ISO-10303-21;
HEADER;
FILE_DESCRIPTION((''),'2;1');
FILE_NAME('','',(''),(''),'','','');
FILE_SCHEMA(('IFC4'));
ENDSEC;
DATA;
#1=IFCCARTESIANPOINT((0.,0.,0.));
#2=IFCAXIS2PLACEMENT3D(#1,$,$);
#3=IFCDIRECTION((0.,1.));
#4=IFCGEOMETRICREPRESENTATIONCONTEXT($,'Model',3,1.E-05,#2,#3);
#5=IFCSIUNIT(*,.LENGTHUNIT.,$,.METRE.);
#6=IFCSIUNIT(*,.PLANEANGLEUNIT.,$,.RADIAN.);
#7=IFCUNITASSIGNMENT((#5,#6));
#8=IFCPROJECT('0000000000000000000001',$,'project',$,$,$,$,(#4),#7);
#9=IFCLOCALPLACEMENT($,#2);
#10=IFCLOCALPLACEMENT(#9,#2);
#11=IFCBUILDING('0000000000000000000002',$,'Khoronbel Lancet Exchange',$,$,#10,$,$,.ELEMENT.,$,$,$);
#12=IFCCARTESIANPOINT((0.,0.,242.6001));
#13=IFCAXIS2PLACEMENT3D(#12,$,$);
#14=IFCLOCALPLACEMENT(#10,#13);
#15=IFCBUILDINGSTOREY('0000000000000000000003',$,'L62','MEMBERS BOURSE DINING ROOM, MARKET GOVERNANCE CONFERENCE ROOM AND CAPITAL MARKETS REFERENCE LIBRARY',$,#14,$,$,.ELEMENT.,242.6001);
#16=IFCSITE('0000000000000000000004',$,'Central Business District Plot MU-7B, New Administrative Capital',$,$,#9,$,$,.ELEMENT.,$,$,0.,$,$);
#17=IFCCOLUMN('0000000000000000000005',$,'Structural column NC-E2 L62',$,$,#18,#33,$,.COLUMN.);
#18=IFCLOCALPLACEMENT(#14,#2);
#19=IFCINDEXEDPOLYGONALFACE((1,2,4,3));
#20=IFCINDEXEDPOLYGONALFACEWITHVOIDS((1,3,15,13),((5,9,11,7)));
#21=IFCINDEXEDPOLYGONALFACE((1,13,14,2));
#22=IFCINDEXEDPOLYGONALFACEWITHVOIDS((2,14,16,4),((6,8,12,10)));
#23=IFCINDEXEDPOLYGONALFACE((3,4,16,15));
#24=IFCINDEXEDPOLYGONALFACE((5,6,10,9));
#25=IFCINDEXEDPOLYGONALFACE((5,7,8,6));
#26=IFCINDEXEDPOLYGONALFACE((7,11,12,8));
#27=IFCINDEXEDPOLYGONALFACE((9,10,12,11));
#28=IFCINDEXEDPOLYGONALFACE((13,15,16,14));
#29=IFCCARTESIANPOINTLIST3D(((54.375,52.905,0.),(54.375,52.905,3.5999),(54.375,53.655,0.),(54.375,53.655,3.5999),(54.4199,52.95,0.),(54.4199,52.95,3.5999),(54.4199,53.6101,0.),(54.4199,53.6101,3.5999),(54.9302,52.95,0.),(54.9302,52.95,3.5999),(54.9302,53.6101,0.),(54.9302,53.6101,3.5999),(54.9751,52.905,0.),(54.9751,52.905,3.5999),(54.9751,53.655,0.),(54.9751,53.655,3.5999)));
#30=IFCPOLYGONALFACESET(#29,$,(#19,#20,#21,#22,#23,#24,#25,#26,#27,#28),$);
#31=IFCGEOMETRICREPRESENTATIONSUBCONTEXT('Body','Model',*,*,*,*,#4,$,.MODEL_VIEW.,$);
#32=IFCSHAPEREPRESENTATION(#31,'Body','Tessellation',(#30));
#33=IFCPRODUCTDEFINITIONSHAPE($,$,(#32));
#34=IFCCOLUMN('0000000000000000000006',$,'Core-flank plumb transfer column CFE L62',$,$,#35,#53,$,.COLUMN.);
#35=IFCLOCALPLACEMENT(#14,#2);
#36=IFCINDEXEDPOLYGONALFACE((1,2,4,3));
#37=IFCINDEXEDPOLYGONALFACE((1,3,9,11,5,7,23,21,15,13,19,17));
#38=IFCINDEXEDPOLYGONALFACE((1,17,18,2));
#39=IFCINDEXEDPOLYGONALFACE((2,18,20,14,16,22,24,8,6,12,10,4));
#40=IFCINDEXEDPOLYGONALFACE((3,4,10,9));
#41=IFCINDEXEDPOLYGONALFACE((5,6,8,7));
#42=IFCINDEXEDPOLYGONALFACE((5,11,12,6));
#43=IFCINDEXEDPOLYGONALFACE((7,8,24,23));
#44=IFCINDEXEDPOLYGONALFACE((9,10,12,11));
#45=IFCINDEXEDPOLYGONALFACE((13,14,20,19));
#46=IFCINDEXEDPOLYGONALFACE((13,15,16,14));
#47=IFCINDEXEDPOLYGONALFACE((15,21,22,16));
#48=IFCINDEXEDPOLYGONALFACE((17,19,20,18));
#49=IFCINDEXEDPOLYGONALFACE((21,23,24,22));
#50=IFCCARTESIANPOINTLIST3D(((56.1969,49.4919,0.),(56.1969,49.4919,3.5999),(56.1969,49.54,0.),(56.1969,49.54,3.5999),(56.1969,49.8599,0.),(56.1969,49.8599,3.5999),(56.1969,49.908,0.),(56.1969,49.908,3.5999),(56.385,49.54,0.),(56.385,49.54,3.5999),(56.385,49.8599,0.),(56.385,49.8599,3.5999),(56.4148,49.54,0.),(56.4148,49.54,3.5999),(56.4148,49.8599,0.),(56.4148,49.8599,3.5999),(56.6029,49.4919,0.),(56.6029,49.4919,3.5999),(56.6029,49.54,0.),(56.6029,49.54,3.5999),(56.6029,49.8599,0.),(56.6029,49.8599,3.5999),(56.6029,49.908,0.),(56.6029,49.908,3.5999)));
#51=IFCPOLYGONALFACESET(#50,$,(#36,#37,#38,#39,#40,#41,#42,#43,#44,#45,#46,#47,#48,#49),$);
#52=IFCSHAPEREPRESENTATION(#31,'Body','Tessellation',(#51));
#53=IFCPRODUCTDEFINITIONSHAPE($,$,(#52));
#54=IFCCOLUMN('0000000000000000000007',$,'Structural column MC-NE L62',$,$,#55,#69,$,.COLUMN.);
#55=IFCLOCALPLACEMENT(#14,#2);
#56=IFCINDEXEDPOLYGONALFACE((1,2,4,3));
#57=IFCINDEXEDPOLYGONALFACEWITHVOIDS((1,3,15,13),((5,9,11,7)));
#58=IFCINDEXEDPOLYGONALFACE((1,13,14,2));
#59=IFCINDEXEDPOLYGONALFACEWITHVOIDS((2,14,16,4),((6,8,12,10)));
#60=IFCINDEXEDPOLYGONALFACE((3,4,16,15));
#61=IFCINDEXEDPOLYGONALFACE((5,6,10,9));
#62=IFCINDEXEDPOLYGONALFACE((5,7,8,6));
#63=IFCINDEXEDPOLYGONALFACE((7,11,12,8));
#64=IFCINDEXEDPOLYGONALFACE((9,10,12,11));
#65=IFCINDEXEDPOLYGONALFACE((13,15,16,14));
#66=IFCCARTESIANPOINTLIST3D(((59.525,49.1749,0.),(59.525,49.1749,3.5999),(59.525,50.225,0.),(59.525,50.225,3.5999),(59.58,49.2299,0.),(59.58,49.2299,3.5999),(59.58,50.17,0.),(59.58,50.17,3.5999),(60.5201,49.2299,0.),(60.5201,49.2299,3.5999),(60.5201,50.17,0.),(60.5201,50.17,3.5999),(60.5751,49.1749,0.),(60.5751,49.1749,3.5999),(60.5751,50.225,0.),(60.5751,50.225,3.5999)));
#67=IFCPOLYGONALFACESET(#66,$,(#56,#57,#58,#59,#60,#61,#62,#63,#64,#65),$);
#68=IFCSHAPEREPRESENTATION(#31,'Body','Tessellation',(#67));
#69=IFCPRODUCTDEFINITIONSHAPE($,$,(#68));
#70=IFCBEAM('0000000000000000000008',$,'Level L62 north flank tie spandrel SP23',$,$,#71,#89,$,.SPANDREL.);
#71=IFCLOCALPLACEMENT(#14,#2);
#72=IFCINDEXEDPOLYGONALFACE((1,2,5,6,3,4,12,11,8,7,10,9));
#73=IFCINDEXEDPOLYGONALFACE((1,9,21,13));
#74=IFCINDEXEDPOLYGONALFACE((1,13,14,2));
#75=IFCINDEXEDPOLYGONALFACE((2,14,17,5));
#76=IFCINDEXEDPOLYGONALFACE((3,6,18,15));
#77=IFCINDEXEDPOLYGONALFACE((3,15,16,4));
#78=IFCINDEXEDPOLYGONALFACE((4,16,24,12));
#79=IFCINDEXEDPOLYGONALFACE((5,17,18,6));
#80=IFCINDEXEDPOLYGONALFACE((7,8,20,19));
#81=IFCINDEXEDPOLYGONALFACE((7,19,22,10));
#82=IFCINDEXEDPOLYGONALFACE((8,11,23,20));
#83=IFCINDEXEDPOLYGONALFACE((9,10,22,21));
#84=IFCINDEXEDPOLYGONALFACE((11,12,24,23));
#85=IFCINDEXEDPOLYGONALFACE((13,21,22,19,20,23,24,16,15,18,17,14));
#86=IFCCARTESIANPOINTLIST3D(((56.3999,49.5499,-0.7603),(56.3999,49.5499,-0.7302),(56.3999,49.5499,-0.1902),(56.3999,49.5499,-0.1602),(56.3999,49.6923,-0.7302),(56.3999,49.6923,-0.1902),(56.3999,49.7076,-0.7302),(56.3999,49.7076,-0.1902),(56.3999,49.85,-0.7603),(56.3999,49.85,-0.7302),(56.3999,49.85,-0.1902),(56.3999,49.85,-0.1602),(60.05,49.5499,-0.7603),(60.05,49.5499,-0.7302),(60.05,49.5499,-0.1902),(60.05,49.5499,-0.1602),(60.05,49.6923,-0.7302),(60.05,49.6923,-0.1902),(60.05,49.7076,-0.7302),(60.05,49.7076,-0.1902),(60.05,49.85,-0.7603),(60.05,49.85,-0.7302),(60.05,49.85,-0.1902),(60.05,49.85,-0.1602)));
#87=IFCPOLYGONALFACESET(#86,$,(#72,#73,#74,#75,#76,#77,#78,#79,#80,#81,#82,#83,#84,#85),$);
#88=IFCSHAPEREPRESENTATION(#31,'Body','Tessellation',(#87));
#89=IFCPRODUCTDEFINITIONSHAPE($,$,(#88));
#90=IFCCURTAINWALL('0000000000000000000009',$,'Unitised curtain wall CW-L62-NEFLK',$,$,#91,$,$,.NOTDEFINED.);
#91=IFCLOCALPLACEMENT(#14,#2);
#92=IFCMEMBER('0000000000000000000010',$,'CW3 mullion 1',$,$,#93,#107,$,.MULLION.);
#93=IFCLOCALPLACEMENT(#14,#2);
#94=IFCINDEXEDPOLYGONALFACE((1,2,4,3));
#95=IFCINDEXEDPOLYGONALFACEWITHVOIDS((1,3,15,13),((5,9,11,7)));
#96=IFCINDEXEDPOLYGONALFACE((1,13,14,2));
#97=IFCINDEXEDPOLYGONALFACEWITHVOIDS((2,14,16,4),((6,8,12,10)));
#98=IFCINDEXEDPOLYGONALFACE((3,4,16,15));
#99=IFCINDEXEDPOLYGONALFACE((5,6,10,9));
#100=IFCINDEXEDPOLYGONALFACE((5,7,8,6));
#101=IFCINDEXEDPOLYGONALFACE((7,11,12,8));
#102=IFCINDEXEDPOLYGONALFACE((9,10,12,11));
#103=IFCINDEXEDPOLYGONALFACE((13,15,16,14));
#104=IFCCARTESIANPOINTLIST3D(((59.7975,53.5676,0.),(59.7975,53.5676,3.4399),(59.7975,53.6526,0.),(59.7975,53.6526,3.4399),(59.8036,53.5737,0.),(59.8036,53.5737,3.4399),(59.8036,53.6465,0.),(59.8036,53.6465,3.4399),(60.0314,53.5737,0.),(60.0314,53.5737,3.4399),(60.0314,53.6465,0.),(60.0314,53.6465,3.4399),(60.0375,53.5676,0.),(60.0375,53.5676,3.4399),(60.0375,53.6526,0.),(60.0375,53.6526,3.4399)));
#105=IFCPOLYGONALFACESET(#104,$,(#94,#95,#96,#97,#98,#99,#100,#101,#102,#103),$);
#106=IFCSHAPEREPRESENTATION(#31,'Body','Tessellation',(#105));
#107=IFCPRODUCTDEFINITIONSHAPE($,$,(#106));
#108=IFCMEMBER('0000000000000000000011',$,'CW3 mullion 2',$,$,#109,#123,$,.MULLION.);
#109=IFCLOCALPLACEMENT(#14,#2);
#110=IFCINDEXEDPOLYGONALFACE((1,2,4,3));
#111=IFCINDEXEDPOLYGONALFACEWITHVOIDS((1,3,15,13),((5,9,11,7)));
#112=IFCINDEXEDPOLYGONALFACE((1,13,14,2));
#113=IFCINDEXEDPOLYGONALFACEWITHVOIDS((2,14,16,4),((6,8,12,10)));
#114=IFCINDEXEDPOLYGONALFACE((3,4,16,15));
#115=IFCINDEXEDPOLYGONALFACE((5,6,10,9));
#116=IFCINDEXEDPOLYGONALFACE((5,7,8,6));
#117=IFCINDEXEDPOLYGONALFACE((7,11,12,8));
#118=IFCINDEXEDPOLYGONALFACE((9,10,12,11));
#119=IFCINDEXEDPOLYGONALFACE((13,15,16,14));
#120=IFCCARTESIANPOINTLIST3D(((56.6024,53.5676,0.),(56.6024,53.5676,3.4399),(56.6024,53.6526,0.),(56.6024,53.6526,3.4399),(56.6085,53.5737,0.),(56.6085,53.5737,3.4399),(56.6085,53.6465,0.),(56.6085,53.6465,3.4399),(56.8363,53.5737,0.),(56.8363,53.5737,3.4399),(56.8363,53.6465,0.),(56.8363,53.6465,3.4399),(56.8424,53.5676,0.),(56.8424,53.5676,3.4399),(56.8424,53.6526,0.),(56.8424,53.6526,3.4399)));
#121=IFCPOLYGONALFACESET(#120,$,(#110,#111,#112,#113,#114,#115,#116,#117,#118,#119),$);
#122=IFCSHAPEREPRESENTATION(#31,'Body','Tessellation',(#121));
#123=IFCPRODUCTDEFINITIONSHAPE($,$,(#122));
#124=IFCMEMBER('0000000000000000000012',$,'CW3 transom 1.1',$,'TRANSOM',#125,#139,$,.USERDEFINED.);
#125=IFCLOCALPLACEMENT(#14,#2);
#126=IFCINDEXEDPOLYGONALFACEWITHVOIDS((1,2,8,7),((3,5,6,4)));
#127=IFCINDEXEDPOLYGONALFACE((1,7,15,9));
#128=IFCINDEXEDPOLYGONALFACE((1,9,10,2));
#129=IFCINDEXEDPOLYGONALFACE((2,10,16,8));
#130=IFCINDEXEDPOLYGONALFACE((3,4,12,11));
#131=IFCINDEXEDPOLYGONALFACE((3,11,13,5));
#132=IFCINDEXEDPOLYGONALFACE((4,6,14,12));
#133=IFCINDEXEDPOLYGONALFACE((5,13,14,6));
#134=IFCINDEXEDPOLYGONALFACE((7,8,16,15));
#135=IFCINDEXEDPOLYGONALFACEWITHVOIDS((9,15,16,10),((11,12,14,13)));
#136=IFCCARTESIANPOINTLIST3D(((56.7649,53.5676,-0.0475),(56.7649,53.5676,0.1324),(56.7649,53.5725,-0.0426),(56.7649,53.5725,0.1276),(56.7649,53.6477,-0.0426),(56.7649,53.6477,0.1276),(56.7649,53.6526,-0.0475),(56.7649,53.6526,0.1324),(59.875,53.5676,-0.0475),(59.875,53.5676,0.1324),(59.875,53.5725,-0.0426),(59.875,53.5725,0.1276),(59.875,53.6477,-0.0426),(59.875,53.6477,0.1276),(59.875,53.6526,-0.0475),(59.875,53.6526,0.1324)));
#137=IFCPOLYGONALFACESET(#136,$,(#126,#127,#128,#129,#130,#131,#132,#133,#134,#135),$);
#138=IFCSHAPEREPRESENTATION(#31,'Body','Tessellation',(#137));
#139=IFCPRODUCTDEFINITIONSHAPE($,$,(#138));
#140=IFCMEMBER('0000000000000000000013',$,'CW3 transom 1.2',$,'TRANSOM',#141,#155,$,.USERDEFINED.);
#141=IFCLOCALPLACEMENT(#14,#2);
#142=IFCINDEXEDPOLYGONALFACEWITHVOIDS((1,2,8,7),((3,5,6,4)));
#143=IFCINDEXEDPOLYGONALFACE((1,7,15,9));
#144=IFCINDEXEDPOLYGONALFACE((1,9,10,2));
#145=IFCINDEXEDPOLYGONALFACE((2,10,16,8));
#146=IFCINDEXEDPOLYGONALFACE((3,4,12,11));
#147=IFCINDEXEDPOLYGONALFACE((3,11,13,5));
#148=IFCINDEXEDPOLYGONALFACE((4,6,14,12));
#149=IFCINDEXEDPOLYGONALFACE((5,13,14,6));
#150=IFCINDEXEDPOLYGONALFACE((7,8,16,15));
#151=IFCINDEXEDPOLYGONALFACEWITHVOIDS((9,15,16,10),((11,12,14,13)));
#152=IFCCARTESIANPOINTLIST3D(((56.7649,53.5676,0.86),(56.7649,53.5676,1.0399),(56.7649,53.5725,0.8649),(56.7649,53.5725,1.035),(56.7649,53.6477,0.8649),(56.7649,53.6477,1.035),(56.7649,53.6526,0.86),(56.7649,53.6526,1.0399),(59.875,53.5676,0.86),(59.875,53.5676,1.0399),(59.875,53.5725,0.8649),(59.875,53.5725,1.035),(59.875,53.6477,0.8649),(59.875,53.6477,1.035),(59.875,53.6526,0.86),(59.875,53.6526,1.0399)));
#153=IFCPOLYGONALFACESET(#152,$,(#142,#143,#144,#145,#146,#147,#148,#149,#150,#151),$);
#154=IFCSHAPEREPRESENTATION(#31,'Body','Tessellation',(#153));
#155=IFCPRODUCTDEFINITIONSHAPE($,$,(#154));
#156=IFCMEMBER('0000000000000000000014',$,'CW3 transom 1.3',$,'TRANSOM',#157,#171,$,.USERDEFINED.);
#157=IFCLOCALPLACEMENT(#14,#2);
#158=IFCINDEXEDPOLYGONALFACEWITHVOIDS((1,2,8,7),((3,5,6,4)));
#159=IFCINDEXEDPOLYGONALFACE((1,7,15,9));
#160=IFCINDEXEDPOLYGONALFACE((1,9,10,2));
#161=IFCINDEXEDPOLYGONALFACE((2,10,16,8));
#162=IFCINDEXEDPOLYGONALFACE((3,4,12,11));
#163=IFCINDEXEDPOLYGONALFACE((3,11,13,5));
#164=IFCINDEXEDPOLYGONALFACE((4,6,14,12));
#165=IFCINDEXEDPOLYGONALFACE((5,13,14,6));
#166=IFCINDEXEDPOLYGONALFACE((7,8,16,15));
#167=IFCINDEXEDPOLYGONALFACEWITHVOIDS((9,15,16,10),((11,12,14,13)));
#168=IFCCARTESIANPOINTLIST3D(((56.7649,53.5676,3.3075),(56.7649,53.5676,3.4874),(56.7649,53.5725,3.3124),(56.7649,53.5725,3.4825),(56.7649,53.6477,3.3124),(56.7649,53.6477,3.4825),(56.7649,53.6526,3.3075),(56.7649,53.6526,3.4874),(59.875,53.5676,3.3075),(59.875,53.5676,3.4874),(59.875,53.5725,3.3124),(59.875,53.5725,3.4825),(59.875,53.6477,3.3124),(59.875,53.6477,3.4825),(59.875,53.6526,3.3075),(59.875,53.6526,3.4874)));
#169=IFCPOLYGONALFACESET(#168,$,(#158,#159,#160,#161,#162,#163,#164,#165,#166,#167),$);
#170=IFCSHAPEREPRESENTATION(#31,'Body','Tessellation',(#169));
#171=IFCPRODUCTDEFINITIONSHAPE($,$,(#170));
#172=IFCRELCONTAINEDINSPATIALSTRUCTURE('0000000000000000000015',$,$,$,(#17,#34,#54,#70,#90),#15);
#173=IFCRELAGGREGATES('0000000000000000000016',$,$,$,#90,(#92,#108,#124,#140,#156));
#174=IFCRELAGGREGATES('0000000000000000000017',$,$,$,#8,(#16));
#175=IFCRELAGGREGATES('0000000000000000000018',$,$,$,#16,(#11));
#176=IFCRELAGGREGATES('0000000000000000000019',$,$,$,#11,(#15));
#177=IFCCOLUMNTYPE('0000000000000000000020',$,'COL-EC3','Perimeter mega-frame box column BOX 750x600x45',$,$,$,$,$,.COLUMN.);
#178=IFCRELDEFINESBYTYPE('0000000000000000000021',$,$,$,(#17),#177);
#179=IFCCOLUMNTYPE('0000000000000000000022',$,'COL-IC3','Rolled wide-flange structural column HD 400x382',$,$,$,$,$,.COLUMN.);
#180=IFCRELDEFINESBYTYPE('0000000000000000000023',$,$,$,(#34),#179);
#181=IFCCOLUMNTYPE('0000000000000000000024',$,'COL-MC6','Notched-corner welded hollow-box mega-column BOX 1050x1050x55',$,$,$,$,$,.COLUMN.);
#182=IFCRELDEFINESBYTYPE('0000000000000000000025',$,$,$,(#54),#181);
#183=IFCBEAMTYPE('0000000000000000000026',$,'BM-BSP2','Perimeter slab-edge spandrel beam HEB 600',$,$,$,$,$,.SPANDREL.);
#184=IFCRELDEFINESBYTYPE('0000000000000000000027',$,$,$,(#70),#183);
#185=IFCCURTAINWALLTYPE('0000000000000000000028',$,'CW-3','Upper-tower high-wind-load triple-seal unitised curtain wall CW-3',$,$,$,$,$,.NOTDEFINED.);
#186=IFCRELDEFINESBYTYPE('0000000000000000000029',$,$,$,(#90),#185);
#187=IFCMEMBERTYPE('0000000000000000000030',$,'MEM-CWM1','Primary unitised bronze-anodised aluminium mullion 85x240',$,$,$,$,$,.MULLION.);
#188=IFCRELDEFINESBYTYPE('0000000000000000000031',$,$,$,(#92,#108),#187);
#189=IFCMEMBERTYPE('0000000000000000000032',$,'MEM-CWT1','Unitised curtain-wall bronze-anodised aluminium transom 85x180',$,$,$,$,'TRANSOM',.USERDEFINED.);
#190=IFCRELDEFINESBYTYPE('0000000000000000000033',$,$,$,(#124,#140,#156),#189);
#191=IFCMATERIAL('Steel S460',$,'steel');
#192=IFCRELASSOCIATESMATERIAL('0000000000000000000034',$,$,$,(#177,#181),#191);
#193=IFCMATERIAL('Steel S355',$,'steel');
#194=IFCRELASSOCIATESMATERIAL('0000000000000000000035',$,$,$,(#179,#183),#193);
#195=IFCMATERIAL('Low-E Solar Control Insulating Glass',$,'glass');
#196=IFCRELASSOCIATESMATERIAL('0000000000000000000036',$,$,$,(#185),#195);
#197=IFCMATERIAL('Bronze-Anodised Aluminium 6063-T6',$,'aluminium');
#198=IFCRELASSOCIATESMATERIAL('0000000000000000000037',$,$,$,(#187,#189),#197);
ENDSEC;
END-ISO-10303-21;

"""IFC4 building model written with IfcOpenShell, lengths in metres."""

from ifc_helpers import new_model, si_unit, direction, frame, origin, origin_2d, place, context, subcontext, project, spatial, hollow_rectangle, i_section, extrude, material, material_profile, profile_set, type_object, element, aggregate, save


model = new_model("IFC4")

# Units and contexts
model_context = context("Model", 3, precision=1e-05, world=origin(), true_north=direction((0.0, 1.0)))
body_context = subcontext(model_context, "Body", "Model", "MODEL_VIEW")
ifc_project = project(units=[si_unit("LENGTHUNIT", "METRE"), si_unit("PLANEANGLEUNIT", "RADIAN")], contexts=[model_context])

# Site, building, storey
site_placement = place(None, origin())
site = spatial("IfcSite", under=ifc_project, at=site_placement, Name="Central Business District Plot MU-7B, New Administrative Capital", CompositionType="ELEMENT", RefElevation=0.0)
building_placement = place(site_placement, origin())
building = spatial("IfcBuilding", under=site, at=building_placement, Name="Khoronbel Lancet Exchange", CompositionType="ELEMENT")
storey_placement = place(building_placement, frame((0.0, 0.0, 242.6001)))
storey = spatial("IfcBuildingStorey", under=building, at=storey_placement, Name="L62", Description="MEMBERS BOURSE DINING ROOM, MARKET GOVERNANCE CONFERENCE ROOM AND CAPITAL MARKETS REFERENCE LIBRARY", CompositionType="ELEMENT", Elevation=242.6001)

# Columns
ifc_material_1 = material(Name="Steel S460", Category="steel")
ifc_material_profile_1 = material_profile(ifc_material_1, hollow_rectangle(XDim=0.6001, YDim=0.75, WallThickness=0.0449, at=origin_2d()), Name="BOX 750x600x45")
ifc_profile_set_1 = profile_set([ifc_material_profile_1], Name="Steel S460")
column_type_1 = type_object("IfcColumnType", Name="COL-EC3", Description="Perimeter mega-frame box column BOX 750x600x45", PredefinedType="COLUMN", material=ifc_profile_set_1)
column_1_placement = place(storey_placement, frame((54.675, 53.28, 0.0), z_axis=(0.0, 0.0, 1.0), x_axis=(1.0, 0.0, 0.0)))
element("IfcColumn", 1, at=column_1_placement, inside=storey, type_object=column_type_1, Name="Structural column NC-E2 L62", PredefinedType="COLUMN", context=body_context, shape_type="SweptSolid", body=[
    extrude(hollow_rectangle(XDim=0.6001, YDim=0.75, WallThickness=0.0449, at=origin_2d()), origin(), (0.0, 0.0, 1.0), 3.5999),
])
ifc_material_2 = material(Name="Steel S355", Category="steel")
ifc_material_profile_2 = material_profile(ifc_material_2, i_section(OverallWidth=0.406, OverallDepth=0.416, WebThickness=0.0298, FlangeThickness=0.0481, at=origin_2d()), Name="HD 400x382")
ifc_profile_set_2 = profile_set([ifc_material_profile_2], Name="Steel S355")
column_type_2 = type_object("IfcColumnType", Name="COL-IC3", Description="Rolled wide-flange structural column HD 400x382", PredefinedType="COLUMN", material=ifc_profile_set_2)
column_2_placement = place(storey_placement, frame((56.3999, 49.7, 0.0), z_axis=(0.0, 0.0, 1.0), x_axis=(1.0, 0.0, 0.0)))
element("IfcColumn", 2, at=column_2_placement, inside=storey, type_object=column_type_2, Name="Core-flank plumb transfer column CFE L62", PredefinedType="COLUMN", context=body_context, shape_type="SweptSolid", body=[
    extrude(i_section(OverallWidth=0.406, OverallDepth=0.416, WebThickness=0.0298, FlangeThickness=0.0481, at=origin_2d()), origin(), (0.0, 0.0, 1.0), 3.5999),
])
ifc_material_profile_3 = material_profile(ifc_material_1, hollow_rectangle(XDim=1.05, YDim=1.05, WallThickness=0.0549, at=origin_2d()), Name="BOX 1050x1050x55")
ifc_profile_set_3 = profile_set([ifc_material_profile_3], Name="Steel S460")
column_type_3 = type_object("IfcColumnType", Name="COL-MC6", Description="Notched-corner welded hollow-box mega-column BOX 1050x1050x55", PredefinedType="COLUMN", material=ifc_profile_set_3)
column_3_placement = place(storey_placement, frame((60.05, 49.7, 0.0), z_axis=(0.0, 0.0, 1.0), x_axis=(1.0, 0.0, 0.0)))
element("IfcColumn", 3, at=column_3_placement, inside=storey, type_object=column_type_3, Name="Structural column MC-NE L62", PredefinedType="COLUMN", context=body_context, shape_type="SweptSolid", body=[
    extrude(hollow_rectangle(XDim=1.05, YDim=1.05, WallThickness=0.0549, at=origin_2d()), origin(), (0.0, 0.0, 1.0), 3.5999),
])

# Beam
ifc_material_profile_4 = material_profile(ifc_material_2, i_section(OverallWidth=0.3, OverallDepth=0.6001, WebThickness=0.0154, FlangeThickness=0.03, at=origin_2d()), Name="HEB 600")
ifc_profile_set_4 = profile_set([ifc_material_profile_4], Name="Steel S355")
beam_type = type_object("IfcBeamType", Name="BM-BSP2", Description="Perimeter slab-edge spandrel beam HEB 600", PredefinedType="SPANDREL", material=ifc_profile_set_4)
beam_placement = place(storey_placement, frame((60.05, 49.7, -0.4602), z_axis=(-1.0, 0.0, 0.0), x_axis=(0.0, -1.0, 0.0)))
element("IfcBeam", 4, at=beam_placement, inside=storey, type_object=beam_type, Name="Level L62 north flank tie spandrel SP23", PredefinedType="SPANDREL", context=body_context, shape_type="SweptSolid", body=[
    extrude(i_section(OverallWidth=0.3, OverallDepth=0.6001, WebThickness=0.0154, FlangeThickness=0.03, at=origin_2d()), origin(), (0.0, 0.0, 1.0), 3.6501),
])

# Curtain wall, members
ifc_material_3 = material(Name="Low-E Solar Control Insulating Glass", Category="glass")
curtain_wall_type = type_object("IfcCurtainWallType", Name="CW-3", Description="Upper-tower high-wind-load triple-seal unitised curtain wall CW-3", PredefinedType="NOTDEFINED", material=ifc_material_3)
curtain_wall_placement = place(storey_placement, origin())
curtain_wall = element("IfcCurtainWall", 5, at=curtain_wall_placement, inside=storey, type_object=curtain_wall_type, Name="Unitised curtain wall CW-L62-NEFLK", PredefinedType="NOTDEFINED")
ifc_material_4 = material(Name="Bronze-Anodised Aluminium 6063-T6", Category="aluminium")
ifc_material_profile_5 = material_profile(ifc_material_4, hollow_rectangle(XDim=0.085, YDim=0.24, WallThickness=0.0061, at=origin_2d()), Name="ALU MULLION 85x240")
ifc_profile_set_5 = profile_set([ifc_material_profile_5], Name="Bronze-Anodised Aluminium 6063-T6")
member_type_1 = type_object("IfcMemberType", Name="MEM-CWM1", Description="Primary unitised bronze-anodised aluminium mullion 85x240", PredefinedType="MULLION", material=ifc_profile_set_5)
member_1_placement = place(storey_placement, frame((59.9175, 53.6101, 0.0), z_axis=(0.0, 0.0, 1.0), x_axis=(0.0, -1.0, 0.0)))
member_1 = element("IfcMember", 6, at=member_1_placement, type_object=member_type_1, Name="CW3 mullion 1", PredefinedType="MULLION", context=body_context, shape_type="SweptSolid", body=[
    extrude(hollow_rectangle(XDim=0.085, YDim=0.24, WallThickness=0.0061, at=origin_2d()), origin(), (0.0, 0.0, 1.0), 3.4399),
])
member_2_placement = place(storey_placement, frame((56.7224, 53.6101, 0.0), z_axis=(0.0, 0.0, 1.0), x_axis=(0.0, -1.0, 0.0)))
member_2 = element("IfcMember", 7, at=member_2_placement, type_object=member_type_1, Name="CW3 mullion 2", PredefinedType="MULLION", context=body_context, shape_type="SweptSolid", body=[
    extrude(hollow_rectangle(XDim=0.085, YDim=0.24, WallThickness=0.0061, at=origin_2d()), origin(), (0.0, 0.0, 1.0), 3.4399),
])
ifc_material_profile_6 = material_profile(ifc_material_4, hollow_rectangle(XDim=0.085, YDim=0.1799, WallThickness=0.0049, at=origin_2d()), Name="ALU TRANSOM 85x180")
ifc_profile_set_6 = profile_set([ifc_material_profile_6], Name="Bronze-Anodised Aluminium 6063-T6")
member_type_2 = type_object("IfcMemberType", Name="MEM-CWT1", Description="Unitised curtain-wall bronze-anodised aluminium transom 85x180", ElementType="TRANSOM", PredefinedType="USERDEFINED", material=ifc_profile_set_6)
member_3_placement = place(storey_placement, frame((59.875, 53.6101, 0.0425), z_axis=(-1.0, 0.0, 0.0), x_axis=(0.0, -1.0, 0.0)))
member_3 = element("IfcMember", 8, at=member_3_placement, type_object=member_type_2, Name="CW3 transom 1.1", ObjectType="TRANSOM", PredefinedType="USERDEFINED", context=body_context, shape_type="SweptSolid", body=[
    extrude(hollow_rectangle(XDim=0.085, YDim=0.1799, WallThickness=0.0049, at=origin_2d()), origin(), (0.0, 0.0, 1.0), 3.1101),
])
member_4_placement = place(storey_placement, frame((59.875, 53.6101, 0.95), z_axis=(-1.0, 0.0, 0.0), x_axis=(0.0, -1.0, 0.0)))
member_4 = element("IfcMember", 9, at=member_4_placement, type_object=member_type_2, Name="CW3 transom 1.2", ObjectType="TRANSOM", PredefinedType="USERDEFINED", context=body_context, shape_type="SweptSolid", body=[
    extrude(hollow_rectangle(XDim=0.085, YDim=0.1799, WallThickness=0.0049, at=origin_2d()), origin(), (0.0, 0.0, 1.0), 3.1101),
])
member_5_placement = place(storey_placement, frame((59.875, 53.6101, 3.3975), z_axis=(-1.0, 0.0, 0.0), x_axis=(0.0, -1.0, 0.0)))
member_5 = element("IfcMember", 10, at=member_5_placement, type_object=member_type_2, Name="CW3 transom 1.3", ObjectType="TRANSOM", PredefinedType="USERDEFINED", context=body_context, shape_type="SweptSolid", body=[
    extrude(hollow_rectangle(XDim=0.085, YDim=0.1799, WallThickness=0.0049, at=origin_2d()), origin(), (0.0, 0.0, 1.0), 3.1101),
])
aggregate(curtain_wall, [member_1, member_2, member_3, member_4, member_5])

save(model, "model.ifc")
